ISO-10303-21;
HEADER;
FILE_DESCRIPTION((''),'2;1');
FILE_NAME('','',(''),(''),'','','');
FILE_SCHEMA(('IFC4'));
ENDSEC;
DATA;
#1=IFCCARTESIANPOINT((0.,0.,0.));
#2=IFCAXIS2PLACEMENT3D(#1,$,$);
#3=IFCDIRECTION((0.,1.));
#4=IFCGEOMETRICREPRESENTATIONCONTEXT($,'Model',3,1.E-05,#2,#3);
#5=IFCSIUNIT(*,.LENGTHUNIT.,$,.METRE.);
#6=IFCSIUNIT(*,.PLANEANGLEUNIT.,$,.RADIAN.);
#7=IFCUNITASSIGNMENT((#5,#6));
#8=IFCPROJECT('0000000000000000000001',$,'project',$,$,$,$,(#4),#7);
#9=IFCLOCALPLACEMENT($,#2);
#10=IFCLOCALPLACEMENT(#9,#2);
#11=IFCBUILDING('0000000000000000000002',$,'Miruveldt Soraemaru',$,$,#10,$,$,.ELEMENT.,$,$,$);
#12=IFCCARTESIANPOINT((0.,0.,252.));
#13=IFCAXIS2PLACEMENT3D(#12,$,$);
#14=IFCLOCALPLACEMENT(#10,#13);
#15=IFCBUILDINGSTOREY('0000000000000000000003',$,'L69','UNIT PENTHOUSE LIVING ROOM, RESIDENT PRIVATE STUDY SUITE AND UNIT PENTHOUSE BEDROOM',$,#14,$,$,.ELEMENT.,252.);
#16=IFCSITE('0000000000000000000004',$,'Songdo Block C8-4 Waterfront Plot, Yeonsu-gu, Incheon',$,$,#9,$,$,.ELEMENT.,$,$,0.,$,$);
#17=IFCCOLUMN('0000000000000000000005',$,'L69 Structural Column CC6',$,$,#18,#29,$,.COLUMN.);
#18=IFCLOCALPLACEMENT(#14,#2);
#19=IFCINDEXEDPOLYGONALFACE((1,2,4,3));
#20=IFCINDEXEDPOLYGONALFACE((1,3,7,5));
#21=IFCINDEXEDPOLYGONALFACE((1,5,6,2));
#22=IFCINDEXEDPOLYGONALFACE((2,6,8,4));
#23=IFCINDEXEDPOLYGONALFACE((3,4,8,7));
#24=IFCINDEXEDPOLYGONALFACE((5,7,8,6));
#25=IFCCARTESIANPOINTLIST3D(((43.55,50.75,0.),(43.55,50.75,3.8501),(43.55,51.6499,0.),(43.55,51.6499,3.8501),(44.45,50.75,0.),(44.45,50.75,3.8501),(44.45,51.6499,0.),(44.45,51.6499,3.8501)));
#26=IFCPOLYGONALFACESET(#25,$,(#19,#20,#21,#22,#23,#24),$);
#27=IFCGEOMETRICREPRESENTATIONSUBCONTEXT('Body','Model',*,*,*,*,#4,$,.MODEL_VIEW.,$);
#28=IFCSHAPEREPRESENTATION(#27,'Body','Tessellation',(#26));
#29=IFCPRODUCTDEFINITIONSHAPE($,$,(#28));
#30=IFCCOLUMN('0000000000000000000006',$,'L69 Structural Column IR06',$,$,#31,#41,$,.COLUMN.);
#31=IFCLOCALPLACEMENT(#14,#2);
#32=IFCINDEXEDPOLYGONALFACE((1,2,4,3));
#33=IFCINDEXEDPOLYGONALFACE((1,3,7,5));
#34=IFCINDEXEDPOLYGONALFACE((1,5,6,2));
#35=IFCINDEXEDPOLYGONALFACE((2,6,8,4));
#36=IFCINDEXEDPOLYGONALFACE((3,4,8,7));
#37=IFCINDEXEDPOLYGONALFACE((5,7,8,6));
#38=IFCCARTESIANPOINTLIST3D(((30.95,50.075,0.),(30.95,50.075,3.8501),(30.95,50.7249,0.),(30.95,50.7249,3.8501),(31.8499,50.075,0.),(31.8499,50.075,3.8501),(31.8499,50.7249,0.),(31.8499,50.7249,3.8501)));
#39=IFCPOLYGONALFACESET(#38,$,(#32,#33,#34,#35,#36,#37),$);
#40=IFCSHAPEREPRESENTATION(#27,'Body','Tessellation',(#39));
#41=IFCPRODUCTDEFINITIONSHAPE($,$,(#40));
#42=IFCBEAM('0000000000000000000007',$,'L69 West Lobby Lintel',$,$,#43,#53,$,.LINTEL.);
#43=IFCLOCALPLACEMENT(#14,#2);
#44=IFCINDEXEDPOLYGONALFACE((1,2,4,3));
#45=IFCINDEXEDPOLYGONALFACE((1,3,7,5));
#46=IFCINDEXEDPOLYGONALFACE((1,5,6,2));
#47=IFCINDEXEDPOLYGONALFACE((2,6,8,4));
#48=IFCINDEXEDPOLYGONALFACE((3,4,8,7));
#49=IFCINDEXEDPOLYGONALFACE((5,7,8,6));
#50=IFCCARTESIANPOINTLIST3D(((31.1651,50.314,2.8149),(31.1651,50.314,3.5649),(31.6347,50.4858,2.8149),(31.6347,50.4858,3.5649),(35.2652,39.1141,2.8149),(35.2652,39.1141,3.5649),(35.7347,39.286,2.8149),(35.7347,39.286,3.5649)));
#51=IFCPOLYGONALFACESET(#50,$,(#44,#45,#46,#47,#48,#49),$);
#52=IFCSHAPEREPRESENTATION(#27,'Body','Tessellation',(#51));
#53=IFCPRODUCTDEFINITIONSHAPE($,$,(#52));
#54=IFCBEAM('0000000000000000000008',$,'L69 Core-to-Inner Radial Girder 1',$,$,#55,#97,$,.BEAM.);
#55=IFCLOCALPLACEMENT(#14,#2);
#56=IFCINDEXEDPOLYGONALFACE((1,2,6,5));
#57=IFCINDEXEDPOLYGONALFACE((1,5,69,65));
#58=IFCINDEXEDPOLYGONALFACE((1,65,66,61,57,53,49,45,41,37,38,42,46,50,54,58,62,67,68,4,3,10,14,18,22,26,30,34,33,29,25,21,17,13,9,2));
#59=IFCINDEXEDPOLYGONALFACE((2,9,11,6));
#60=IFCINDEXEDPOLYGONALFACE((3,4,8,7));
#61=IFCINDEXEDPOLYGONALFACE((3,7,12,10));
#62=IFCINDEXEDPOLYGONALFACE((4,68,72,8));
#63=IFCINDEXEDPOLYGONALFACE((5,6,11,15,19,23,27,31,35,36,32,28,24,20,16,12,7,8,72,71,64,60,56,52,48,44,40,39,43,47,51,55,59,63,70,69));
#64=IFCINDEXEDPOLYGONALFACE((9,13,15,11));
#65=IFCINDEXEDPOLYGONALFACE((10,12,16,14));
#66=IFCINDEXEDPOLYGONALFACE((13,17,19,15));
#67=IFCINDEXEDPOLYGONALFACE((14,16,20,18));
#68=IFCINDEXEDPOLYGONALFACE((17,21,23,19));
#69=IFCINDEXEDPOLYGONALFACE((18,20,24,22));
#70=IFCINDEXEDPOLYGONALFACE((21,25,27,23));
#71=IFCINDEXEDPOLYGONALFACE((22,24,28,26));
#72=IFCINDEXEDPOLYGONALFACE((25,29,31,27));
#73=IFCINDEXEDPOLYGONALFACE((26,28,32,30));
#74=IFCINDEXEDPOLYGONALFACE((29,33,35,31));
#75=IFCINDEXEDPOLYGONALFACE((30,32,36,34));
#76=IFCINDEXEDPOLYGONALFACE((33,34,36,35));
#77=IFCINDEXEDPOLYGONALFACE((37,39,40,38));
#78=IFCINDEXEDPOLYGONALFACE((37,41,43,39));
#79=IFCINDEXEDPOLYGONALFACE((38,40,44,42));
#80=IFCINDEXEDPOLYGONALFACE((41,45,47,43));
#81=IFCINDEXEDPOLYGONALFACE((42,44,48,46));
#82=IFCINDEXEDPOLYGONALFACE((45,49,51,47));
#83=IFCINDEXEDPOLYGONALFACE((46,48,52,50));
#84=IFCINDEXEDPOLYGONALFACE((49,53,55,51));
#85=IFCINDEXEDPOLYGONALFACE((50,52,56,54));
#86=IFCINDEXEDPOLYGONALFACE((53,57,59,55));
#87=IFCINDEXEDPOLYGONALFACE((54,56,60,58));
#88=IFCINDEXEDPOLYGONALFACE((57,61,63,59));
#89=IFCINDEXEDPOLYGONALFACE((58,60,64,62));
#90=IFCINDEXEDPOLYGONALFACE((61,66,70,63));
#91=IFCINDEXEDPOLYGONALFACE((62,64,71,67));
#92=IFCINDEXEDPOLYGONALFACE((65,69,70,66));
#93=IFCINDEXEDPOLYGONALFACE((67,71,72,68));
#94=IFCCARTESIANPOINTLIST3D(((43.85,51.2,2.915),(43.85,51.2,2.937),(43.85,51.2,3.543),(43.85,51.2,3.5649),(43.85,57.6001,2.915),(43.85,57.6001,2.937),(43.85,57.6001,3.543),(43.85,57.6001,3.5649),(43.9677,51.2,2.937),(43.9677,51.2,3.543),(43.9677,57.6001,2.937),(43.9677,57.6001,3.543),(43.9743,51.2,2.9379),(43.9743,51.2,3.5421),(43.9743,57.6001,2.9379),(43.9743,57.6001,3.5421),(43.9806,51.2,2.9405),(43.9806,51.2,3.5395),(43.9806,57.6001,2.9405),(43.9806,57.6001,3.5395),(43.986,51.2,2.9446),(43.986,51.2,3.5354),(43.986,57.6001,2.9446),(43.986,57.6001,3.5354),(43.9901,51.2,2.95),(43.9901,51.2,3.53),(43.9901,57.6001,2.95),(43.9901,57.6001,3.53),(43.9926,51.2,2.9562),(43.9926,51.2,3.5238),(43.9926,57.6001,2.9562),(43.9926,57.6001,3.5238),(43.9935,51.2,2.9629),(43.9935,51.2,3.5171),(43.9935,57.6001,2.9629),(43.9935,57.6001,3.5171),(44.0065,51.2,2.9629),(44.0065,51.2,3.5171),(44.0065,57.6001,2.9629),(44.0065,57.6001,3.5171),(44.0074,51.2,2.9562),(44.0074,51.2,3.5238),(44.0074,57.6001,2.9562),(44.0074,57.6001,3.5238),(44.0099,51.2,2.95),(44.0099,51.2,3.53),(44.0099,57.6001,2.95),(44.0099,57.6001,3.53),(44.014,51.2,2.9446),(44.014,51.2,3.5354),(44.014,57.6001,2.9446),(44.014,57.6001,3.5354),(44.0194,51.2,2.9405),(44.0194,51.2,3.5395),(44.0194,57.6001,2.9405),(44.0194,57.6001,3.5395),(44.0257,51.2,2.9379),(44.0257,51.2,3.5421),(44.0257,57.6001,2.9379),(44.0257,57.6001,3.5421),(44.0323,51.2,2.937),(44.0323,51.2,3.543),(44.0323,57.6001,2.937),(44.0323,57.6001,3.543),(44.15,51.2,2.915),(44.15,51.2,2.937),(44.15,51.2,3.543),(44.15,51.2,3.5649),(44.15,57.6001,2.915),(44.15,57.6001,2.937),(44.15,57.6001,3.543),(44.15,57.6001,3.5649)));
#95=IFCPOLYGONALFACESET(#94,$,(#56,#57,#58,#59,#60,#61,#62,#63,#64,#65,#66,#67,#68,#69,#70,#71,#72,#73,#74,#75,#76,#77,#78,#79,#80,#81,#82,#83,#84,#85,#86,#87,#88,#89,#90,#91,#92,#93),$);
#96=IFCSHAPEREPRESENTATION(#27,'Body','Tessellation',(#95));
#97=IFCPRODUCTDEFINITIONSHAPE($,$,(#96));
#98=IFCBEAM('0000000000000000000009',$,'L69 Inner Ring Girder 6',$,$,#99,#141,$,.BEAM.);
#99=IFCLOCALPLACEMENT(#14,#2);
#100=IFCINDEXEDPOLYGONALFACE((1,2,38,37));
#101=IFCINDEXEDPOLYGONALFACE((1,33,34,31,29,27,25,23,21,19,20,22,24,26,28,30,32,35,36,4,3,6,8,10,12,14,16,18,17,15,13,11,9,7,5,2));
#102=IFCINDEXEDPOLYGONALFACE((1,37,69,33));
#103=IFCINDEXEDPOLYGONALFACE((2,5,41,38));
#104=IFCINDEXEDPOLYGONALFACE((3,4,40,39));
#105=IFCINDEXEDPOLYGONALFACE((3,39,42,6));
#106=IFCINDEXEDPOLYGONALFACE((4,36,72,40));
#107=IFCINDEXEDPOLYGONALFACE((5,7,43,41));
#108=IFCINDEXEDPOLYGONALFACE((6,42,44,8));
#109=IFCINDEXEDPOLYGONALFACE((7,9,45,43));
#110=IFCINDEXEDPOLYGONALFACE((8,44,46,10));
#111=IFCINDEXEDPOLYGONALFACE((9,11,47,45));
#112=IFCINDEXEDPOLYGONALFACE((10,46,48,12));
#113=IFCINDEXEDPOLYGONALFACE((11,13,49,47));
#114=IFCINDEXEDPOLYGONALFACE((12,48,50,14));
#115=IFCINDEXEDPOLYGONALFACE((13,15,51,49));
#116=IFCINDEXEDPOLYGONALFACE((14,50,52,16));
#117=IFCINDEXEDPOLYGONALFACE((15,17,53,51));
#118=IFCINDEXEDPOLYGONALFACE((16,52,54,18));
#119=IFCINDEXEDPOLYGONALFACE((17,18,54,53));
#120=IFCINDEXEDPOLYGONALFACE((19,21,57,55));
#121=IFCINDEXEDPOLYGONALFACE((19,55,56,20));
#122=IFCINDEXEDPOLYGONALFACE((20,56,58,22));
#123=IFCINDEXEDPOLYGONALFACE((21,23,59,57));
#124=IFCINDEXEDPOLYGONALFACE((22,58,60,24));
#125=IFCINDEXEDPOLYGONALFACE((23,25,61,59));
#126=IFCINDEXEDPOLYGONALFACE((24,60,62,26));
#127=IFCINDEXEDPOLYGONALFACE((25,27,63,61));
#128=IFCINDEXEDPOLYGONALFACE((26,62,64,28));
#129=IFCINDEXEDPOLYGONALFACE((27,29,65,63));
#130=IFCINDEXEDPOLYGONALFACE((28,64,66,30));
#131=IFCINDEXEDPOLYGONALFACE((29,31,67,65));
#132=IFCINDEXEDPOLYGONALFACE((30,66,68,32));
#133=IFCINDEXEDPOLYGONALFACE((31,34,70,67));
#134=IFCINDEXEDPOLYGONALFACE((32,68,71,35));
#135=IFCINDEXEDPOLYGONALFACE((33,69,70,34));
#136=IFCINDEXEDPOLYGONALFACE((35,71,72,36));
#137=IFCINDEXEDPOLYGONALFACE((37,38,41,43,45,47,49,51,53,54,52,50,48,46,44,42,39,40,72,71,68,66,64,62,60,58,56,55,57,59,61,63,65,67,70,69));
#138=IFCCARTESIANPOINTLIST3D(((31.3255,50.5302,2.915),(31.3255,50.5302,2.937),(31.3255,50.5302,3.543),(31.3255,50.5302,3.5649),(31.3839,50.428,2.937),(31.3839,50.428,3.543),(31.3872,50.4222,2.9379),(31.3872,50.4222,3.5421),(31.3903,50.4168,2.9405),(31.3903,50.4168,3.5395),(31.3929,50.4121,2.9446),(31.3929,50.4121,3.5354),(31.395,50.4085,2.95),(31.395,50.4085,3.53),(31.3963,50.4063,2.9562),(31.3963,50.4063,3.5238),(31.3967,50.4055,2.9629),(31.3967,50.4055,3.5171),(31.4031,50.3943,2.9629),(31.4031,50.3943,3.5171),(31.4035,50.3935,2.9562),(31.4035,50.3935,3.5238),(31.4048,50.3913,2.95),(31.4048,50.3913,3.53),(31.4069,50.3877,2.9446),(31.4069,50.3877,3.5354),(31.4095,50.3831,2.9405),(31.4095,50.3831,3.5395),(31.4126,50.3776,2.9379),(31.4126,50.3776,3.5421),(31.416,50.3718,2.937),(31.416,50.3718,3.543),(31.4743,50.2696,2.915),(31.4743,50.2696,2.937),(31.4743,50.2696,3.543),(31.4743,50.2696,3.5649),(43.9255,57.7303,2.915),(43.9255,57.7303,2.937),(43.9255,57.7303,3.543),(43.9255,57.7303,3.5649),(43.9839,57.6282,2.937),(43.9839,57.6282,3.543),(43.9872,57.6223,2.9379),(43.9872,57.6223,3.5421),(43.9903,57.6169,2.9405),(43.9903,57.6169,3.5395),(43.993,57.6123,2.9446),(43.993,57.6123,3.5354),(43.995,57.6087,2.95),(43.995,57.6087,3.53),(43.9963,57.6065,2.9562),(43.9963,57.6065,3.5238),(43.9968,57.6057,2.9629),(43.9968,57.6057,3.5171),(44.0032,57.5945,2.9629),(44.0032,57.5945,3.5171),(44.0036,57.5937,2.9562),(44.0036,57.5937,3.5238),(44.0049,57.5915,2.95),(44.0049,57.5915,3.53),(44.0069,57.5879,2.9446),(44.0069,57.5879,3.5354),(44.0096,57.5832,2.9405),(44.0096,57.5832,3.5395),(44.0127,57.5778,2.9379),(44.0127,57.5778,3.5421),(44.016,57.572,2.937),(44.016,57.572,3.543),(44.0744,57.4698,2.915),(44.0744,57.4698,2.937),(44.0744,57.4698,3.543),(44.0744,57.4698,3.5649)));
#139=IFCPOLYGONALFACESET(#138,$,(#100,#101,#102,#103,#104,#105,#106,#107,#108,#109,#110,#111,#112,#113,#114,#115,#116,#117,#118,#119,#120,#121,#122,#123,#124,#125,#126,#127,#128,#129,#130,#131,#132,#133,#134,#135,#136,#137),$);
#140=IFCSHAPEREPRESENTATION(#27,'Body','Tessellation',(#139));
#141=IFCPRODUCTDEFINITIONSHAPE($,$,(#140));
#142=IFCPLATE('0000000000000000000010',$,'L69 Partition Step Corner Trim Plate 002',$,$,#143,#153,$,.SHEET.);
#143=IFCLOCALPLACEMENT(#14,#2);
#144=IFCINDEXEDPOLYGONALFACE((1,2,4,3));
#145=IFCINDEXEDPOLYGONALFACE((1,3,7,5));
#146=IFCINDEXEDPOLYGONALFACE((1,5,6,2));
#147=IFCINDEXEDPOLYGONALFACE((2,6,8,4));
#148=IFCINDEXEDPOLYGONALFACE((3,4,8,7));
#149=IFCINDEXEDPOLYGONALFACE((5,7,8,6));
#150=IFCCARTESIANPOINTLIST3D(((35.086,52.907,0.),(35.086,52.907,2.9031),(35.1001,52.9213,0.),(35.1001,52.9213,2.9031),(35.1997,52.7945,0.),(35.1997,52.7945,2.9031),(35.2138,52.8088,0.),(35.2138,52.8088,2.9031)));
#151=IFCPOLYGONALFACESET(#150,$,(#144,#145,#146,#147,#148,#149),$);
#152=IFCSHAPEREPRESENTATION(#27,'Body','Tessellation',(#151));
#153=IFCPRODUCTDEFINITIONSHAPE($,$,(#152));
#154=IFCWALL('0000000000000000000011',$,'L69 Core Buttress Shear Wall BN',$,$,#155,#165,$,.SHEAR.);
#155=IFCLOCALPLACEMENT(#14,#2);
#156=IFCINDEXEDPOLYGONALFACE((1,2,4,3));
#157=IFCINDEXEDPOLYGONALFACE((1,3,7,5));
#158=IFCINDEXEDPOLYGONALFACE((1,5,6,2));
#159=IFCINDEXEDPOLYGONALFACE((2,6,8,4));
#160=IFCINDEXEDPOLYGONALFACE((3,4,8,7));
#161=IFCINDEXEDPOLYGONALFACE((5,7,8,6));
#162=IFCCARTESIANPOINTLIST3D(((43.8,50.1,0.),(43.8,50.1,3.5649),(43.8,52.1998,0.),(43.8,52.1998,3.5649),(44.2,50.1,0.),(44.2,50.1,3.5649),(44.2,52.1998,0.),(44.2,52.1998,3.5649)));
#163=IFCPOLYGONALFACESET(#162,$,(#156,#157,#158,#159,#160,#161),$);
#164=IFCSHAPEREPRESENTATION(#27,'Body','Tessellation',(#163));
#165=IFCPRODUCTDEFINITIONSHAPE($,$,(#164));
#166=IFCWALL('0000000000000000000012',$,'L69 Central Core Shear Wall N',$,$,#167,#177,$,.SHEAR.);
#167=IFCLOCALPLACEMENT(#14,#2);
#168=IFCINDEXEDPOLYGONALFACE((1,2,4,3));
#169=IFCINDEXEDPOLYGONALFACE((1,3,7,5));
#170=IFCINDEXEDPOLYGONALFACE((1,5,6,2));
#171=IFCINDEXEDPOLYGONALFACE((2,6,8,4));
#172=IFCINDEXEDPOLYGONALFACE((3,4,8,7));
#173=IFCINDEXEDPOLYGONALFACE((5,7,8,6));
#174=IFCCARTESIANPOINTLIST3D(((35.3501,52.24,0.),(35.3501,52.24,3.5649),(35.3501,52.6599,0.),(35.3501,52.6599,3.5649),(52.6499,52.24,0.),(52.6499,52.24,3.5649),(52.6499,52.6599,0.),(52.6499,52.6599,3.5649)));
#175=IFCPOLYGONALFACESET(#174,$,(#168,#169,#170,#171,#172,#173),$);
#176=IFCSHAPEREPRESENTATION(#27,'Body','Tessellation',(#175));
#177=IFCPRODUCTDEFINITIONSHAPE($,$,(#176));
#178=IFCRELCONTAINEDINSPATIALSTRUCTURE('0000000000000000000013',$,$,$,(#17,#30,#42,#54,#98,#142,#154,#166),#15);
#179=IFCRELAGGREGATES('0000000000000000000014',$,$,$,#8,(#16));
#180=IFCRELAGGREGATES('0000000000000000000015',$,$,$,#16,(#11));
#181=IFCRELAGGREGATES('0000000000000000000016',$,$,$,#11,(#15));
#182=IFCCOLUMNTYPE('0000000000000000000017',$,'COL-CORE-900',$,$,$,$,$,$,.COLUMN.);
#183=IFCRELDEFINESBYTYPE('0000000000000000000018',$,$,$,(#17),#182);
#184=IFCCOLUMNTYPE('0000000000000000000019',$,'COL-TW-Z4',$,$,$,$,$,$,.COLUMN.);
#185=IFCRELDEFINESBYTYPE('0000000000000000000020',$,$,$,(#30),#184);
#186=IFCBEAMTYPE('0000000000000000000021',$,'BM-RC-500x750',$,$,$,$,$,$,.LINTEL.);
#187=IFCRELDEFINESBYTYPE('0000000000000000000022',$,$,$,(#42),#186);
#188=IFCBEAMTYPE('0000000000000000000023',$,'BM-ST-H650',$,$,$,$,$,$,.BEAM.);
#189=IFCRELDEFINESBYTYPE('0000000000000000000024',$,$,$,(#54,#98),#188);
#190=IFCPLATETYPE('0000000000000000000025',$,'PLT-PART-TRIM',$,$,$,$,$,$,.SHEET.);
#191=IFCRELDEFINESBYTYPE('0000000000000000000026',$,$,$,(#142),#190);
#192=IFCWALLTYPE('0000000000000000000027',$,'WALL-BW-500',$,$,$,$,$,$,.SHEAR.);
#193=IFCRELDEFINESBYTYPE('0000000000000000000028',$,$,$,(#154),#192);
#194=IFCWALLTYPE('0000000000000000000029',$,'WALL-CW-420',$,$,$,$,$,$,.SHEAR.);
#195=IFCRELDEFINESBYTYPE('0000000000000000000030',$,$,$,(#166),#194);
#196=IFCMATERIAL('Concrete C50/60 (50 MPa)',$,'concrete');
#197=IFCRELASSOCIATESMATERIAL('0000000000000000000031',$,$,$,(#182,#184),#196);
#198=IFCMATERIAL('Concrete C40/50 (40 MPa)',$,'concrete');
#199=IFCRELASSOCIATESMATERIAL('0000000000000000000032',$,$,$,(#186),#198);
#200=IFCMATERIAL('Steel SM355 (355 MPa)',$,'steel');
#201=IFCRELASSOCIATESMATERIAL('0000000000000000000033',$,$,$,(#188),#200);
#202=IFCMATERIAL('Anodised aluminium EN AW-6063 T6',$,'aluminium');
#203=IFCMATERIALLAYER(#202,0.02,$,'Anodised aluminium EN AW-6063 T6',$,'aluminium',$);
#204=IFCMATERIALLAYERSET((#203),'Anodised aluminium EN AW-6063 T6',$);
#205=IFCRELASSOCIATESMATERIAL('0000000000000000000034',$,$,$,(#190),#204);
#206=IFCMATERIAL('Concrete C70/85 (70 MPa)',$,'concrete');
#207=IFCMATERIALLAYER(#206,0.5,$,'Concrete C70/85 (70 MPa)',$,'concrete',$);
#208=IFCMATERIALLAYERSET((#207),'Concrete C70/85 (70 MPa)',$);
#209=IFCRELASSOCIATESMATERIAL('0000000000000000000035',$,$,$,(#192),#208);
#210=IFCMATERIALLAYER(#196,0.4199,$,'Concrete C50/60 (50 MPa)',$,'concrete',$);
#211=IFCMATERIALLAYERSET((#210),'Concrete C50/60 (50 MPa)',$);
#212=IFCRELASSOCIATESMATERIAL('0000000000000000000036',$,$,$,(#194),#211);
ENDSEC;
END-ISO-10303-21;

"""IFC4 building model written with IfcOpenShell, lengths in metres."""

from ifc_helpers import new_model, si_unit, direction, frame, frame_2d, origin, origin_2d, place, context, subcontext, project, spatial, rectangle, i_section, extrude, material, layer, layer_set, material_profile, profile_set, type_object, element, save


model = new_model("IFC4")

# Units and contexts
model_context = context("Model", 3, precision=1e-05, world=origin(), true_north=direction((0.0, 1.0)))
body_context = subcontext(model_context, "Body", "Model", "MODEL_VIEW")
ifc_project = project(units=[si_unit("LENGTHUNIT", "METRE"), si_unit("PLANEANGLEUNIT", "RADIAN")], contexts=[model_context])

# Site, building, storey
site_placement = place(None, origin())
site = spatial("IfcSite", under=ifc_project, at=site_placement, Name="Songdo Block C8-4 Waterfront Plot, Yeonsu-gu, Incheon", CompositionType="ELEMENT", RefElevation=0.0)
building_placement = place(site_placement, origin())
building = spatial("IfcBuilding", under=site, at=building_placement, Name="Miruveldt Soraemaru", CompositionType="ELEMENT")
storey_placement = place(building_placement, frame((0.0, 0.0, 252.0)))
storey = spatial("IfcBuildingStorey", under=building, at=storey_placement, Name="L69", Description="UNIT PENTHOUSE LIVING ROOM, RESIDENT PRIVATE STUDY SUITE AND UNIT PENTHOUSE BEDROOM", CompositionType="ELEMENT", Elevation=252.0)

# Columns
ifc_material_1 = material(Name="Concrete C50/60 (50 MPa)", Category="concrete")
ifc_material_profile_1 = material_profile(ifc_material_1, rectangle(XDim=0.8999, YDim=0.8999, at=origin_2d()), Name="Concrete C50/60 (50 MPa)", Category="concrete")
ifc_profile_set_1 = profile_set([ifc_material_profile_1], Name="Concrete C50/60 (50 MPa)")
column_type_1 = type_object("IfcColumnType", Name="COL-CORE-900", PredefinedType="COLUMN", material=ifc_profile_set_1)
column_1_placement = place(storey_placement, frame((44.0, 51.2, 0.0), z_axis=(0.0, 0.0, 1.0), x_axis=(1.0, 0.0, 0.0)))
element("IfcColumn", 1, at=column_1_placement, inside=storey, type_object=column_type_1, Name="L69 Structural Column CC6", PredefinedType="COLUMN", context=body_context, shape_type="SweptSolid", body=[
    extrude(rectangle(XDim=0.8999, YDim=0.8999, at=origin_2d()), origin(), (0.0, 0.0, 1.0), 3.8501),
])
ifc_material_profile_2 = material_profile(ifc_material_1, rectangle(XDim=0.8999, YDim=0.6499, at=origin_2d()), Name="Concrete C50/60 (50 MPa)", Category="concrete")
ifc_profile_set_2 = profile_set([ifc_material_profile_2], Name="Concrete C50/60 (50 MPa)")
column_type_2 = type_object("IfcColumnType", Name="COL-TW-Z4", PredefinedType="COLUMN", material=ifc_profile_set_2)
column_2_placement = place(storey_placement, frame((31.3999, 50.3999, 0.0), z_axis=(0.0, 0.0, 1.0), x_axis=(1.0, 0.0, 0.0)))
element("IfcColumn", 2, at=column_2_placement, inside=storey, type_object=column_type_2, Name="L69 Structural Column IR06", PredefinedType="COLUMN", context=body_context, shape_type="SweptSolid", body=[
    extrude(rectangle(XDim=0.8999, YDim=0.6499, at=origin_2d()), origin(), (0.0, 0.0, 1.0), 3.8501),
])

# Beams
ifc_material_2 = material(Name="Concrete C40/50 (40 MPa)", Category="concrete")
ifc_material_profile_3 = material_profile(ifc_material_2, rectangle(XDim=0.5, YDim=0.75, at=origin_2d()), Name="Concrete C40/50 (40 MPa)", Category="concrete")
ifc_profile_set_3 = profile_set([ifc_material_profile_3], Name="Concrete C40/50 (40 MPa)")
beam_type_1 = type_object("IfcBeamType", Name="BM-RC-500x750", PredefinedType="LINTEL", material=ifc_profile_set_3)
beam_1_placement = place(storey_placement, frame((31.3999, 50.3999, 3.1899), z_axis=(0.34377, -0.939054, 0.0), x_axis=(0.939054, 0.34377, 0.0)))
element("IfcBeam", 3, at=beam_1_placement, inside=storey, type_object=beam_type_1, Name="L69 West Lobby Lintel", PredefinedType="LINTEL", context=body_context, shape_type="SweptSolid", body=[
    extrude(rectangle(XDim=0.5, YDim=0.75, at=origin_2d()), origin(), (0.0, 0.0, 1.0), 11.9268),
])
ifc_material_3 = material(Name="Steel SM355 (355 MPa)", Category="steel")
ifc_material_profile_4 = material_profile(ifc_material_3, i_section(OverallWidth=0.3, OverallDepth=0.6499, WebThickness=0.0129, FlangeThickness=0.022, FilletRadius=0.0259, at=origin_2d()), Name="Steel SM355 (355 MPa)", Category="steel")
ifc_profile_set_4 = profile_set([ifc_material_profile_4], Name="Steel SM355 (355 MPa)")
beam_type_2 = type_object("IfcBeamType", Name="BM-ST-H650", PredefinedType="BEAM", material=ifc_profile_set_4)
beam_2_placement = place(storey_placement, frame((44.0, 51.2, 3.24), z_axis=(0.0, 1.0, 0.0), x_axis=(-1.0, 0.0, 0.0)))
element("IfcBeam", 4, at=beam_2_placement, inside=storey, type_object=beam_type_2, Name="L69 Core-to-Inner Radial Girder 1", PredefinedType="BEAM", context=body_context, shape_type="SweptSolid", body=[
    extrude(i_section(OverallWidth=0.3, OverallDepth=0.6499, WebThickness=0.0129, FlangeThickness=0.022, FilletRadius=0.0259, at=origin_2d()), origin(), (0.0, 0.0, 1.0), 6.4001),
])
beam_3_placement = place(storey_placement, frame((31.3999, 50.3999, 3.24), z_axis=(0.868239, 0.496146, 0.0), x_axis=(-0.496146, 0.868239, 0.0)))
element("IfcBeam", 5, at=beam_3_placement, inside=storey, type_object=beam_type_2, Name="L69 Inner Ring Girder 6", PredefinedType="BEAM", context=body_context, shape_type="SweptSolid", body=[
    extrude(i_section(OverallWidth=0.3, OverallDepth=0.6499, WebThickness=0.0129, FlangeThickness=0.022, FilletRadius=0.0259, at=origin_2d()), origin(), (0.0, 0.0, 1.0), 14.5122),
])

# Plate
ifc_material_4 = material(Name="Anodised aluminium EN AW-6063 T6", Category="aluminium")
ifc_layer_1 = layer(ifc_material_4, 0.02, Name="Anodised aluminium EN AW-6063 T6", Category="aluminium")
ifc_layer_set_1 = layer_set([ifc_layer_1], Name="Anodised aluminium EN AW-6063 T6")
plate_type = type_object("IfcPlateType", Name="PLT-PART-TRIM", PredefinedType="SHEET", material=ifc_layer_set_1)
plate_placement = place(storey_placement, frame((35.1499, 52.8579, 0.0), z_axis=(0.0, 0.0, 1.0), x_axis=(0.710677, -0.703519, 0.0)))
element("IfcPlate", 6, at=plate_placement, inside=storey, type_object=plate_type, Name="L69 Partition Step Corner Trim Plate 002", PredefinedType="SHEET", context=body_context, shape_type="SweptSolid", body=[
    extrude(rectangle(XDim=0.1599, YDim=0.02, at=origin_2d()), origin(), (0.0, 0.0, 1.0), 2.9031),
])

# Walls
ifc_material_5 = material(Name="Concrete C70/85 (70 MPa)", Category="concrete")
ifc_layer_2 = layer(ifc_material_5, 0.5, Name="Concrete C70/85 (70 MPa)", Category="concrete")
ifc_layer_set_2 = layer_set([ifc_layer_2], Name="Concrete C70/85 (70 MPa)")
wall_type_1 = type_object("IfcWallType", Name="WALL-BW-500", PredefinedType="SHEAR", material=ifc_layer_set_2)
wall_1_placement = place(storey_placement, frame((44.0, 50.1001, 0.0), z_axis=(0.0, 0.0, 1.0), x_axis=(0.0, 1.0, 0.0)))
element("IfcWall", 7, at=wall_1_placement, inside=storey, type_object=wall_type_1, Name="L69 Core Buttress Shear Wall BN", PredefinedType="SHEAR", context=body_context, shape_type="SweptSolid", body=[
    extrude(rectangle(XDim=2.0999, YDim=0.3999, at=frame_2d((1.0498, 0.0))), origin(), (0.0, 0.0, 1.0), 3.5649),
])
ifc_layer_3 = layer(ifc_material_1, 0.4199, Name="Concrete C50/60 (50 MPa)", Category="concrete")
ifc_layer_set_3 = layer_set([ifc_layer_3], Name="Concrete C50/60 (50 MPa)")
wall_type_2 = type_object("IfcWallType", Name="WALL-CW-420", PredefinedType="SHEAR", material=ifc_layer_set_3)
wall_2_placement = place(storey_placement, frame((35.3501, 52.45, 0.0), z_axis=(0.0, 0.0, 1.0), x_axis=(1.0, 0.0, 0.0)))
element("IfcWall", 8, at=wall_2_placement, inside=storey, type_object=wall_type_2, Name="L69 Central Core Shear Wall N", PredefinedType="SHEAR", context=body_context, shape_type="SweptSolid", body=[
    extrude(rectangle(XDim=17.2998, YDim=0.4199, at=frame_2d((8.6499, 0.0))), origin(), (0.0, 0.0, 1.0), 3.5649),
])

save(model, "model.ifc")
